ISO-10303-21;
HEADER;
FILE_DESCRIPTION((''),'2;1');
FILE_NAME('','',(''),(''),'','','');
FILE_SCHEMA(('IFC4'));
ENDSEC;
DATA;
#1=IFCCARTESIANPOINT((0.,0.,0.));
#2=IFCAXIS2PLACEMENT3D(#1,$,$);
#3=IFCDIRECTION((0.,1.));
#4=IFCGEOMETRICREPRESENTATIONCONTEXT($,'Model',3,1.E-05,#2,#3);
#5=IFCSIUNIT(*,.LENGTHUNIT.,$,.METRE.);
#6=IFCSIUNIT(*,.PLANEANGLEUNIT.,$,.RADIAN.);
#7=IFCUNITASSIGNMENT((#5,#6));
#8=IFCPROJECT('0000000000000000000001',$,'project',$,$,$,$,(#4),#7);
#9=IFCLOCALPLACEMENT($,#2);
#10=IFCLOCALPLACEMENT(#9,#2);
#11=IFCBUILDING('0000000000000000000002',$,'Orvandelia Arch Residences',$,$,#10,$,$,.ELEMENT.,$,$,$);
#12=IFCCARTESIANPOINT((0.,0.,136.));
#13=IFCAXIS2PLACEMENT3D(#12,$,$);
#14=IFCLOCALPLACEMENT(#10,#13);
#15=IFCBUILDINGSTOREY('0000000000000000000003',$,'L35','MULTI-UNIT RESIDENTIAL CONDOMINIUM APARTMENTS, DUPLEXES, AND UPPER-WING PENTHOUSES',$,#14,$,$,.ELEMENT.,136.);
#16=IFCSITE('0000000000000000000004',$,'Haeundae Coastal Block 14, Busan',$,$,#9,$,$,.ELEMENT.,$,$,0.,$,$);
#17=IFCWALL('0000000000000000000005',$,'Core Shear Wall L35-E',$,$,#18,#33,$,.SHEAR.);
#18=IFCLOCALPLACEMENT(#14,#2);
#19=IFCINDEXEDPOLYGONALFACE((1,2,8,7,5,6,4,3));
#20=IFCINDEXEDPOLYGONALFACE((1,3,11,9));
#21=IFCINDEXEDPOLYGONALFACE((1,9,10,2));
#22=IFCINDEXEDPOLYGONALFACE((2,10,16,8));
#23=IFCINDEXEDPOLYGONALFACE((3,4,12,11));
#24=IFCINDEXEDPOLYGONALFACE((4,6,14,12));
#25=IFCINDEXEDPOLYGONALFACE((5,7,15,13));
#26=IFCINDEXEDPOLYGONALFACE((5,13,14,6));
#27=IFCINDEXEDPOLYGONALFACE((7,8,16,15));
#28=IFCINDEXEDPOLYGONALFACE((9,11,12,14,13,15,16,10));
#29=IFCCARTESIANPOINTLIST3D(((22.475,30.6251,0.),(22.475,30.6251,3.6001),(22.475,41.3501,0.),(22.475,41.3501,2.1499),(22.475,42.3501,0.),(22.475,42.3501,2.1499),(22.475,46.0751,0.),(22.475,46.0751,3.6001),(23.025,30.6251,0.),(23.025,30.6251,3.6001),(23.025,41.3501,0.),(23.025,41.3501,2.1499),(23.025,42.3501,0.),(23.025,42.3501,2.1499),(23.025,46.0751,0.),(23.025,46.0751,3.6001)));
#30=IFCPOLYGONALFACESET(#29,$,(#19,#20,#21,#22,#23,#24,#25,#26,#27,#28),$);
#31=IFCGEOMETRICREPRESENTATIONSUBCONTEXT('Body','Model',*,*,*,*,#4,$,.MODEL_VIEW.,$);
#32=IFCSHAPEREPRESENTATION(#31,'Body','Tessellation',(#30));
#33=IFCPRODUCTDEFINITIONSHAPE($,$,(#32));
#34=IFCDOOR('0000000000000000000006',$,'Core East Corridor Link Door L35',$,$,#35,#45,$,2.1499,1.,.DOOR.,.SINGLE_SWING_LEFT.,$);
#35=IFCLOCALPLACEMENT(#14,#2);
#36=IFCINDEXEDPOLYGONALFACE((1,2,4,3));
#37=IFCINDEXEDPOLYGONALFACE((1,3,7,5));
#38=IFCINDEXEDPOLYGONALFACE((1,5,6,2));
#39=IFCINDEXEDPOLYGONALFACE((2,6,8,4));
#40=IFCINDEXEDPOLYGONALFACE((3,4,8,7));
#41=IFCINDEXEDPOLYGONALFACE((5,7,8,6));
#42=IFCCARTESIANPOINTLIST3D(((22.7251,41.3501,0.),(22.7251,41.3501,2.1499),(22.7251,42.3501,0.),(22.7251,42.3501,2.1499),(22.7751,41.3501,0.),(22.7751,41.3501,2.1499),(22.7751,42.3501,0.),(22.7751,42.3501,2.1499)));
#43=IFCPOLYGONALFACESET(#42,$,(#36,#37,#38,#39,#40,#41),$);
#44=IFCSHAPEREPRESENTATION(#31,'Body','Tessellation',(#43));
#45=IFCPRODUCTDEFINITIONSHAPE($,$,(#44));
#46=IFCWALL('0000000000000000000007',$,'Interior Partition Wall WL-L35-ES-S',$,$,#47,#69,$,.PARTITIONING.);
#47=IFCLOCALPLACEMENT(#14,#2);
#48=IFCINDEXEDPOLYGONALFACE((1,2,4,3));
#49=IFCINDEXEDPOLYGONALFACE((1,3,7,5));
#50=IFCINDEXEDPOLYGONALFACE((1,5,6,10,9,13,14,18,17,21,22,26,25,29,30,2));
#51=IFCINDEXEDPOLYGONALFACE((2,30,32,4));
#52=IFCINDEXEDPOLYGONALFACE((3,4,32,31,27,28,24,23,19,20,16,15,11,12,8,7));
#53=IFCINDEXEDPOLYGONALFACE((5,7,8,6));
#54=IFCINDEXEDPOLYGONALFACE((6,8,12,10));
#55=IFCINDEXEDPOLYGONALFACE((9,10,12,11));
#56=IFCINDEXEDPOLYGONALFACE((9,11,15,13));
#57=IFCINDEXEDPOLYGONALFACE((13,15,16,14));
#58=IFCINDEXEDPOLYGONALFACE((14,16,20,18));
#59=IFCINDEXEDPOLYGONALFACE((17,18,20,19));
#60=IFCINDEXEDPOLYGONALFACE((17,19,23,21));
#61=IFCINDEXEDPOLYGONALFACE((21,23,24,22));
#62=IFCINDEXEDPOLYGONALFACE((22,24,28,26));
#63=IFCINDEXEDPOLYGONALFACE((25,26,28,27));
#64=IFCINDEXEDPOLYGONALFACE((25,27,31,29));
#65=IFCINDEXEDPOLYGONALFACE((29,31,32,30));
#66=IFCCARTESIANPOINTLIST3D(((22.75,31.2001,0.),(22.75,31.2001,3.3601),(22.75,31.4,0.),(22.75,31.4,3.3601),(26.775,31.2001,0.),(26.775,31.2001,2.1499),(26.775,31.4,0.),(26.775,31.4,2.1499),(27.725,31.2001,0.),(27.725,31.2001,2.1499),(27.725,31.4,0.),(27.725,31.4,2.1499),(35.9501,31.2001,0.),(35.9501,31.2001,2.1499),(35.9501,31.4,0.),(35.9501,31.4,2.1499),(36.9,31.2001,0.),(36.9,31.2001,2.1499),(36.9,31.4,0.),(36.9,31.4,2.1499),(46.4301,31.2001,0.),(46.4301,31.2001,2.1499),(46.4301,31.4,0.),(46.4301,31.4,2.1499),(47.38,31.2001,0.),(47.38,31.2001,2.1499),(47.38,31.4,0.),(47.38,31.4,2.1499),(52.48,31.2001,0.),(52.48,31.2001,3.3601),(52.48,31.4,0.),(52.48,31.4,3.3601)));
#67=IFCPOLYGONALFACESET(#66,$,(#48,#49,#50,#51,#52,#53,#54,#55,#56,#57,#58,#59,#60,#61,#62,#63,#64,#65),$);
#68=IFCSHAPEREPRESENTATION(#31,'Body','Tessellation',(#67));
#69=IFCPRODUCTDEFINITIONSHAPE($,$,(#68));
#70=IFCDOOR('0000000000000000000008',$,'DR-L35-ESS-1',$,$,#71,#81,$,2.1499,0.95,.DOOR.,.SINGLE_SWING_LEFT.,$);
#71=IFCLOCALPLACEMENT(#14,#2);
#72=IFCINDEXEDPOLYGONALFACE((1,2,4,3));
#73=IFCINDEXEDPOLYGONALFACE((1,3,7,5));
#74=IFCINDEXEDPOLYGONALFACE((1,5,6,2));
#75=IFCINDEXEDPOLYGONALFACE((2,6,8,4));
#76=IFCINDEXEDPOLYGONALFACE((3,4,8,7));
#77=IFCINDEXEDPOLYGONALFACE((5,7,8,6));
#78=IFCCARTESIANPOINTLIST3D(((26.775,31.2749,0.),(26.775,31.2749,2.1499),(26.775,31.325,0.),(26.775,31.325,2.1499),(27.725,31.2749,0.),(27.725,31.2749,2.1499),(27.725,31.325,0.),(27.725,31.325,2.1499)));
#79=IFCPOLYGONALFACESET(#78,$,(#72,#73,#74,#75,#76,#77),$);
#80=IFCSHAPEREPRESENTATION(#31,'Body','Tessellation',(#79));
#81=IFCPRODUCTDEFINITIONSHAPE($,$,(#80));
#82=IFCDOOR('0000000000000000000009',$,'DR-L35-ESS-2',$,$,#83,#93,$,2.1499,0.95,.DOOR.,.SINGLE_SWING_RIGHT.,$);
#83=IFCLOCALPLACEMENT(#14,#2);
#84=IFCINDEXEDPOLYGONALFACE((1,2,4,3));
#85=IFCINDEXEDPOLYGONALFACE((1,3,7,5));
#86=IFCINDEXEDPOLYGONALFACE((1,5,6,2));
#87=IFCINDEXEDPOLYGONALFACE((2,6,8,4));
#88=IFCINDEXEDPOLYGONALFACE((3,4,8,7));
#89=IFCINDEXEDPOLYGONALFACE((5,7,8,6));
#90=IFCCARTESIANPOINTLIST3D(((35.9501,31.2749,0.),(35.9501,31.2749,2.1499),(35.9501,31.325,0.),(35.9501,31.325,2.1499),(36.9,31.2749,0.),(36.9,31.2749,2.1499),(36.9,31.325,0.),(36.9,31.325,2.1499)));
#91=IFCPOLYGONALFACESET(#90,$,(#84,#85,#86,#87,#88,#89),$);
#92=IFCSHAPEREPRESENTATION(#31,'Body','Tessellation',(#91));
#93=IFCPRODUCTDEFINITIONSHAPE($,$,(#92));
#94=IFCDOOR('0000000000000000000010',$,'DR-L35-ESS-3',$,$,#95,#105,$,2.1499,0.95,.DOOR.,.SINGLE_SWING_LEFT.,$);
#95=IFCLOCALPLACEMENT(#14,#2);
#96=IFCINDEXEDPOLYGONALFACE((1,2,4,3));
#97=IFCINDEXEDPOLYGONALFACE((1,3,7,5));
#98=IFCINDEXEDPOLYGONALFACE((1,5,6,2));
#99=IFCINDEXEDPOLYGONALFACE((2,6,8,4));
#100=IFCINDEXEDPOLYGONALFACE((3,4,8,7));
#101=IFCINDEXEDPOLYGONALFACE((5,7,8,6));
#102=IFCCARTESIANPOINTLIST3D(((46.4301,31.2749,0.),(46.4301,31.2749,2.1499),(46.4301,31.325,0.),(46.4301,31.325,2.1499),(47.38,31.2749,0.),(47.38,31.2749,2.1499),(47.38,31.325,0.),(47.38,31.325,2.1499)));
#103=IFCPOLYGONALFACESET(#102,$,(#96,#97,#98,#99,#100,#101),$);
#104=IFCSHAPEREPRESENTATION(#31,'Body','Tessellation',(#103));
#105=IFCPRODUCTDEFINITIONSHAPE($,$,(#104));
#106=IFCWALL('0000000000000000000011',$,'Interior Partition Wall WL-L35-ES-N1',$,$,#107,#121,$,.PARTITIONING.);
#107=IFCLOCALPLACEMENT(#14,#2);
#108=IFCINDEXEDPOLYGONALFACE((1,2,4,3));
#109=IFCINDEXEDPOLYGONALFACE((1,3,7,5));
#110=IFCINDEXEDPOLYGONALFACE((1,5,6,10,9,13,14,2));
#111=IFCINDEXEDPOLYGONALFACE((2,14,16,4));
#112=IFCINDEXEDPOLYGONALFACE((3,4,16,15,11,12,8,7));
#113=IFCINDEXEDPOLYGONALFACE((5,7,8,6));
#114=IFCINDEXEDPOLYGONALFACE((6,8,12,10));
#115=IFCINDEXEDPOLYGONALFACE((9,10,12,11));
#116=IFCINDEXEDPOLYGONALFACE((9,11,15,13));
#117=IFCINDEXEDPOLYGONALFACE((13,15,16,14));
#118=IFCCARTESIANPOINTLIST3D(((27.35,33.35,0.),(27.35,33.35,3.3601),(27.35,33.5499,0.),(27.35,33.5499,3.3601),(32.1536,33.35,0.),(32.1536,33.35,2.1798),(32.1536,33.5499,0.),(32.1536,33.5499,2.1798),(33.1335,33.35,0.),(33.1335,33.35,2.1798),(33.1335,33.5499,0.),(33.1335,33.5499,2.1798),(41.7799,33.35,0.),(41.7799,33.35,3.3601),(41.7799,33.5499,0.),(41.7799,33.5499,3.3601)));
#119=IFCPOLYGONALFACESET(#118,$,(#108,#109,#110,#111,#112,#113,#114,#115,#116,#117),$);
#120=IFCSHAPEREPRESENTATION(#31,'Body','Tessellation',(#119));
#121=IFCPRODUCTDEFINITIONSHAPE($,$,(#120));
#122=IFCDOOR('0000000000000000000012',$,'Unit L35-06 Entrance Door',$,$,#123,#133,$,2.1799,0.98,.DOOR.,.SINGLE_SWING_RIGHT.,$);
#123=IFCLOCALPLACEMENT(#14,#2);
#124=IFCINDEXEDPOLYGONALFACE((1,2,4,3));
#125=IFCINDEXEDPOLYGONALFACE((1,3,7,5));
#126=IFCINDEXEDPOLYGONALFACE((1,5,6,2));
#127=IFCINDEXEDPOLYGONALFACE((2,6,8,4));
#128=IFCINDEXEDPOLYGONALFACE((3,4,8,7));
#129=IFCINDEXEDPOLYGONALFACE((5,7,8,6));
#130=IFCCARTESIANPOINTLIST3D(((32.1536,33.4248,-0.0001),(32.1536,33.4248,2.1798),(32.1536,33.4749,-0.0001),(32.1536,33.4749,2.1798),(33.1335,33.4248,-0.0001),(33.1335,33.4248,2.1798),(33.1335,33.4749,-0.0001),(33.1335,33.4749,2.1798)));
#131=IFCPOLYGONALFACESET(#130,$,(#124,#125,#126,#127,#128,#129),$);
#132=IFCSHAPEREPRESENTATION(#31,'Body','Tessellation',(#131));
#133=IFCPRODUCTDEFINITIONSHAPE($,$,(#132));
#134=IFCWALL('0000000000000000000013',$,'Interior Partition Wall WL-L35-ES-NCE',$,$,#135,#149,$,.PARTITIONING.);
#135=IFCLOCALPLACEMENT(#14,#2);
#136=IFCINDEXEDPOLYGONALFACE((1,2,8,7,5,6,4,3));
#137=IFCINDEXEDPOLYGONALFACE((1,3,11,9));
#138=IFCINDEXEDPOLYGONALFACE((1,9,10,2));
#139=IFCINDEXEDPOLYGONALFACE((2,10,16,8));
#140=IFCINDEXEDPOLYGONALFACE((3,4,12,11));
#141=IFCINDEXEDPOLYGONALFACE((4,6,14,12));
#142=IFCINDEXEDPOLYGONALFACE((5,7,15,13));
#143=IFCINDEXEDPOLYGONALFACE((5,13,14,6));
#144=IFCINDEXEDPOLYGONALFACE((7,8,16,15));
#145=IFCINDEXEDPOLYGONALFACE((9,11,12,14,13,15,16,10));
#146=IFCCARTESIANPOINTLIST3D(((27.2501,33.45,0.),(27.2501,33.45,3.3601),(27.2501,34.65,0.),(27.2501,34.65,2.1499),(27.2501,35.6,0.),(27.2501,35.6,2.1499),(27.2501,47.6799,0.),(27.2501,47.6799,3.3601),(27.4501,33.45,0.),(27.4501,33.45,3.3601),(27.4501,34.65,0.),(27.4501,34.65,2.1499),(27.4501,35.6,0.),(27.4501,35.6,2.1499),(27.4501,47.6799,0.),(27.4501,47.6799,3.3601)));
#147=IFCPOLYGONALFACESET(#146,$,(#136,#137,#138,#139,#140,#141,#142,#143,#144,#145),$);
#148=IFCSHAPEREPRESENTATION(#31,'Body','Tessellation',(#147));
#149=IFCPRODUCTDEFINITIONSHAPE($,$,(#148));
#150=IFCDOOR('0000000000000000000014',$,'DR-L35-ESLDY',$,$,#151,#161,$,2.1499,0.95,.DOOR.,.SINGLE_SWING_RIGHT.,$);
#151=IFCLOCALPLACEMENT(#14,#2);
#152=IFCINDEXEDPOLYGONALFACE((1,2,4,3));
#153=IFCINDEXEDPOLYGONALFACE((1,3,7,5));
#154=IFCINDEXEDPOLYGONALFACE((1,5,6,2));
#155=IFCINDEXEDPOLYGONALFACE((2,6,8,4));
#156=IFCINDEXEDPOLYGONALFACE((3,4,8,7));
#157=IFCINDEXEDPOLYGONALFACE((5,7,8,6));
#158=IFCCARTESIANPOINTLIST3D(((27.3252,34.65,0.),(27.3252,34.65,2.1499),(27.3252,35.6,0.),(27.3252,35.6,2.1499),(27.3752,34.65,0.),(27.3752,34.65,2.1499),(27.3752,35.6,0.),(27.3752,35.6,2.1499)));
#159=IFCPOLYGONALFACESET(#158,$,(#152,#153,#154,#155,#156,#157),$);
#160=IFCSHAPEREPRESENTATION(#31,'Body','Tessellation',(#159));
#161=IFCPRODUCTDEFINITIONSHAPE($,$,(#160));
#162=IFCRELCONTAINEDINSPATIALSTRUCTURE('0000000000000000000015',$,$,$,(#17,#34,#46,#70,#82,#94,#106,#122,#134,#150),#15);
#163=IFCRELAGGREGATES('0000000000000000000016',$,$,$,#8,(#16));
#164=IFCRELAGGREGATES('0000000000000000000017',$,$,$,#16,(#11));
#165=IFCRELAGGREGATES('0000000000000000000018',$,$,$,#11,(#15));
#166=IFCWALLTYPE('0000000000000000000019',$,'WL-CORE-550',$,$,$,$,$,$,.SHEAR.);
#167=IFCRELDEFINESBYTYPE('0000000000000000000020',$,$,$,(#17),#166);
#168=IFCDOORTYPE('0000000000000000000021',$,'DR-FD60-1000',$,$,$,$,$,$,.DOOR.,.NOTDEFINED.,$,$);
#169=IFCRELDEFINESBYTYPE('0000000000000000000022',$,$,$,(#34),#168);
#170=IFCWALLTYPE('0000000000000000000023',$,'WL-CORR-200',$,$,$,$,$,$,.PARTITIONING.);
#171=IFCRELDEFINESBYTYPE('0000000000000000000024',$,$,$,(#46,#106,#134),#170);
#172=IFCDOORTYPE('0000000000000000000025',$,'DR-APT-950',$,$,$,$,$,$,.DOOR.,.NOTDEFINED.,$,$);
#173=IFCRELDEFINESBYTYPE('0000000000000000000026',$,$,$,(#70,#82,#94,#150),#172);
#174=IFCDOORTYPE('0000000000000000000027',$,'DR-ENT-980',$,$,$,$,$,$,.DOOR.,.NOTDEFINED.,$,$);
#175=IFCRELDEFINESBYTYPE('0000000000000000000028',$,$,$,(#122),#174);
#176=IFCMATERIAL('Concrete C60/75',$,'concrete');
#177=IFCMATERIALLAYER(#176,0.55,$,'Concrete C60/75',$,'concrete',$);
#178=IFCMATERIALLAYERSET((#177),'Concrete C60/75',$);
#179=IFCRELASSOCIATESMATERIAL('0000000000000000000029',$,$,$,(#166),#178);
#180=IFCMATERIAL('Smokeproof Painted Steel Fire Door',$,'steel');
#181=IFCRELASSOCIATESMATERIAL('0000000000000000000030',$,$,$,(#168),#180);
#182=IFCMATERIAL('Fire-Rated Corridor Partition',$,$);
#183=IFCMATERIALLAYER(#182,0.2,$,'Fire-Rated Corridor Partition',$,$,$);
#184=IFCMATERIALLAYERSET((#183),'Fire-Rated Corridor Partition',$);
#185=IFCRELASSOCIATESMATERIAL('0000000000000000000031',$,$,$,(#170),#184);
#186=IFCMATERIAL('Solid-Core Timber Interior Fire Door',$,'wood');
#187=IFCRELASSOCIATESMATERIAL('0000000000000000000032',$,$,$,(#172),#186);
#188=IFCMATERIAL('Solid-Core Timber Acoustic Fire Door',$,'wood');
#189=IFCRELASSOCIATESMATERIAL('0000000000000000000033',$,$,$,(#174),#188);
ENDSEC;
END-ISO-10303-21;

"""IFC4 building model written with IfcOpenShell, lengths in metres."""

from ifc_helpers import new_model, si_unit, direction, frame, frame_2d, origin, place, context, subcontext, project, spatial, rectangle, extrude, material, layer, layer_set, type_object, element, fill, save


model = new_model("IFC4")

# Units and contexts
model_context = context("Model", 3, precision=1e-05, world=origin(), true_north=direction((0.0, 1.0)))
body_context = subcontext(model_context, "Body", "Model", "MODEL_VIEW")
ifc_project = project(units=[si_unit("LENGTHUNIT", "METRE"), si_unit("PLANEANGLEUNIT", "RADIAN")], contexts=[model_context])

# Site, building, storey
site_placement = place(None, origin())
site = spatial("IfcSite", under=ifc_project, at=site_placement, Name="Haeundae Coastal Block 14, Busan", CompositionType="ELEMENT", RefElevation=0.0)
building_placement = place(site_placement, origin())
building = spatial("IfcBuilding", under=site, at=building_placement, Name="Orvandelia Arch Residences", CompositionType="ELEMENT")
storey_placement = place(building_placement, frame((0.0, 0.0, 136.0)))
storey = spatial("IfcBuildingStorey", under=building, at=storey_placement, Name="L35", Description="MULTI-UNIT RESIDENTIAL CONDOMINIUM APARTMENTS, DUPLEXES, AND UPPER-WING PENTHOUSES", CompositionType="ELEMENT", Elevation=136.0)

# Shared definitions
ifc_material_1 = material(Name="Concrete C60/75", Category="concrete")

# Wall, opening, door
ifc_layer_1 = layer(ifc_material_1, 0.55, Name="Concrete C60/75", Category="concrete")
ifc_layer_set_1 = layer_set([ifc_layer_1], Name="Concrete C60/75")
wall_type_1 = type_object("IfcWallType", Name="WL-CORE-550", PredefinedType="SHEAR", material=ifc_layer_set_1)
wall_1_placement = place(storey_placement, frame((22.75, 30.625, 0.0), z_axis=(0.0, 0.0, 1.0), x_axis=(0.0, 1.0, 0.0)))
wall_1 = element("IfcWall", 1, at=wall_1_placement, inside=storey, type_object=wall_type_1, Name="Core Shear Wall L35-E", PredefinedType="SHEAR", context=body_context, shape_type="SweptSolid", body=[
    extrude(rectangle(XDim=15.45, YDim=0.55, at=frame_2d((7.7251, 0.0))), origin(), (0.0, 0.0, 1.0), 3.6001),
])
opening_1_placement = place(wall_1_placement, frame((10.7251, 0.0, 0.0)))
opening_1 = element("IfcOpeningElement", 2, at=opening_1_placement, cuts=wall_1, PredefinedType="OPENING", context=body_context, shape_type="SweptSolid", body=[
    extrude(rectangle(XDim=1.0, YDim=2.1499, at=frame_2d((0.5, 1.075))), frame((0.0, 0.2852, 0.0), z_axis=(0.0, -1.0, 0.0), x_axis=(1.0, 0.0, 0.0)), (0.0, 0.0, 1.0), 0.5701),
])
ifc_material_2 = material(Name="Smokeproof Painted Steel Fire Door", Category="steel")
door_type_1 = type_object("IfcDoorType", Name="DR-FD60-1000", OperationType="NOTDEFINED", PredefinedType="DOOR", material=ifc_material_2)
door_1_placement = place(opening_1_placement, origin())
door_1 = element("IfcDoor", 3, at=door_1_placement, inside=storey, type_object=door_type_1, Name="Core East Corridor Link Door L35", OperationType="SINGLE_SWING_LEFT", OverallHeight=2.1499, OverallWidth=1.0, PredefinedType="DOOR", context=body_context, shape_type="SweptSolid", body=[
    extrude(rectangle(XDim=1.0, YDim=2.1499, at=frame_2d((0.5, 1.075))), frame((0.0, 0.0249, 0.0), z_axis=(0.0, -1.0, 0.0), x_axis=(1.0, 0.0, 0.0)), (0.0, 0.0, 1.0), 0.05),
])
fill(opening_1, door_1)

# Wall, openings, doors
ifc_material_3 = material(Name="Fire-Rated Corridor Partition")
ifc_layer_2 = layer(ifc_material_3, 0.2, Name="Fire-Rated Corridor Partition")
ifc_layer_set_2 = layer_set([ifc_layer_2], Name="Fire-Rated Corridor Partition")
wall_type_2 = type_object("IfcWallType", Name="WL-CORR-200", PredefinedType="PARTITIONING", material=ifc_layer_set_2)
wall_2_placement = place(storey_placement, frame((22.75, 31.3, 0.0), z_axis=(0.0, 0.0, 1.0), x_axis=(1.0, 0.0, 0.0)))
wall_2 = element("IfcWall", 4, at=wall_2_placement, inside=storey, type_object=wall_type_2, Name="Interior Partition Wall WL-L35-ES-S", PredefinedType="PARTITIONING", context=body_context, shape_type="SweptSolid", body=[
    extrude(rectangle(XDim=29.73, YDim=0.2, at=frame_2d((14.865, 0.0))), origin(), (0.0, 0.0, 1.0), 3.3601),
])
opening_2_placement = place(wall_2_placement, frame((4.0249, 0.0, 0.0)))
opening_2 = element("IfcOpeningElement", 5, at=opening_2_placement, cuts=wall_2, PredefinedType="OPENING", context=body_context, shape_type="SweptSolid", body=[
    extrude(rectangle(XDim=0.95, YDim=2.1499, at=frame_2d((0.4751, 1.075))), frame((0.0, 0.1099, 0.0), z_axis=(0.0, -1.0, 0.0), x_axis=(1.0, 0.0, 0.0)), (0.0, 0.0, 1.0), 0.22),
])
opening_3_placement = place(wall_2_placement, frame((13.2, 0.0, 0.0)))
opening_3 = element("IfcOpeningElement", 6, at=opening_3_placement, cuts=wall_2, PredefinedType="OPENING", context=body_context, shape_type="SweptSolid", body=[
    extrude(rectangle(XDim=0.95, YDim=2.1499, at=frame_2d((0.4751, 1.075))), frame((0.0, 0.1099, 0.0), z_axis=(0.0, -1.0, 0.0), x_axis=(1.0, 0.0, 0.0)), (0.0, 0.0, 1.0), 0.22),
])
opening_4_placement = place(wall_2_placement, frame((23.6799, 0.0, 0.0)))
opening_4 = element("IfcOpeningElement", 7, at=opening_4_placement, cuts=wall_2, PredefinedType="OPENING", context=body_context, shape_type="SweptSolid", body=[
    extrude(rectangle(XDim=0.95, YDim=2.1499, at=frame_2d((0.4751, 1.075))), frame((0.0, 0.1099, 0.0), z_axis=(0.0, -1.0, 0.0), x_axis=(1.0, 0.0, 0.0)), (0.0, 0.0, 1.0), 0.22),
])
ifc_material_4 = material(Name="Solid-Core Timber Interior Fire Door", Category="wood")
door_type_2 = type_object("IfcDoorType", Name="DR-APT-950", OperationType="NOTDEFINED", PredefinedType="DOOR", material=ifc_material_4)
door_2_placement = place(opening_2_placement, origin())
door_2 = element("IfcDoor", 8, at=door_2_placement, inside=storey, type_object=door_type_2, Name="DR-L35-ESS-1", OperationType="SINGLE_SWING_LEFT", OverallHeight=2.1499, OverallWidth=0.95, PredefinedType="DOOR", context=body_context, shape_type="SweptSolid", body=[
    extrude(rectangle(XDim=0.95, YDim=2.1499, at=frame_2d((0.4751, 1.075))), frame((0.0, 0.0249, 0.0), z_axis=(0.0, -1.0, 0.0), x_axis=(1.0, 0.0, 0.0)), (0.0, 0.0, 1.0), 0.05),
])
fill(opening_2, door_2)
door_3_placement = place(opening_3_placement, origin())
door_3 = element("IfcDoor", 9, at=door_3_placement, inside=storey, type_object=door_type_2, Name="DR-L35-ESS-2", OperationType="SINGLE_SWING_RIGHT", OverallHeight=2.1499, OverallWidth=0.95, PredefinedType="DOOR", context=body_context, shape_type="SweptSolid", body=[
    extrude(rectangle(XDim=0.95, YDim=2.1499, at=frame_2d((0.4751, 1.075))), frame((0.0, 0.0249, 0.0), z_axis=(0.0, -1.0, 0.0), x_axis=(1.0, 0.0, 0.0)), (0.0, 0.0, 1.0), 0.05),
])
fill(opening_3, door_3)
door_4_placement = place(opening_4_placement, origin())
door_4 = element("IfcDoor", 10, at=door_4_placement, inside=storey, type_object=door_type_2, Name="DR-L35-ESS-3", OperationType="SINGLE_SWING_LEFT", OverallHeight=2.1499, OverallWidth=0.95, PredefinedType="DOOR", context=body_context, shape_type="SweptSolid", body=[
    extrude(rectangle(XDim=0.95, YDim=2.1499, at=frame_2d((0.4751, 1.075))), frame((0.0, 0.0249, 0.0), z_axis=(0.0, -1.0, 0.0), x_axis=(1.0, 0.0, 0.0)), (0.0, 0.0, 1.0), 0.05),
])
fill(opening_4, door_4)

# Walls, openings, doors
wall_3_placement = place(storey_placement, frame((27.3501, 33.45, 0.0), z_axis=(0.0, 0.0, 1.0), x_axis=(1.0, 0.0, 0.0)))
wall_3 = element("IfcWall", 11, at=wall_3_placement, inside=storey, type_object=wall_type_2, Name="Interior Partition Wall WL-L35-ES-N1", PredefinedType="PARTITIONING", context=body_context, shape_type="SweptSolid", body=[
    extrude(rectangle(XDim=14.4299, YDim=0.2, at=frame_2d((7.2148, 0.0))), origin(), (0.0, 0.0, 1.0), 3.3601),
])
opening_5_placement = place(wall_3_placement, frame((4.8035, 0.0, 0.0)))
opening_5 = element("IfcOpeningElement", 12, at=opening_5_placement, cuts=wall_3, PredefinedType="OPENING", context=body_context, shape_type="SweptSolid", body=[
    extrude(rectangle(XDim=0.98, YDim=2.1799, at=frame_2d((0.49, 1.0898))), frame((0.0, 0.1099, 0.0), z_axis=(0.0, -1.0, 0.0), x_axis=(1.0, 0.0, 0.0)), (0.0, 0.0, 1.0), 0.22),
])
ifc_material_5 = material(Name="Solid-Core Timber Acoustic Fire Door", Category="wood")
door_type_3 = type_object("IfcDoorType", Name="DR-ENT-980", OperationType="NOTDEFINED", PredefinedType="DOOR", material=ifc_material_5)
door_5_placement = place(opening_5_placement, origin())
door_5 = element("IfcDoor", 13, at=door_5_placement, inside=storey, type_object=door_type_3, Name="Unit L35-06 Entrance Door", OperationType="SINGLE_SWING_RIGHT", OverallHeight=2.1799, OverallWidth=0.98, PredefinedType="DOOR", context=body_context, shape_type="SweptSolid", body=[
    extrude(rectangle(XDim=0.98, YDim=2.1799, at=frame_2d((0.49, 1.0898))), frame((0.0, 0.0249, 0.0), z_axis=(0.0, -1.0, 0.0), x_axis=(1.0, 0.0, 0.0)), (0.0, 0.0, 1.0), 0.05),
])
fill(opening_5, door_5)
wall_4_placement = place(storey_placement, frame((27.3501, 33.45, 0.0), z_axis=(0.0, 0.0, 1.0), x_axis=(0.0, 1.0, 0.0)))
wall_4 = element("IfcWall", 14, at=wall_4_placement, inside=storey, type_object=wall_type_2, Name="Interior Partition Wall WL-L35-ES-NCE", PredefinedType="PARTITIONING", context=body_context, shape_type="SweptSolid", body=[
    extrude(rectangle(XDim=14.23, YDim=0.2, at=frame_2d((7.115, 0.0))), origin(), (0.0, 0.0, 1.0), 3.3601),
])
opening_6_placement = place(wall_4_placement, frame((1.2, 0.0, 0.0)))
opening_6 = element("IfcOpeningElement", 15, at=opening_6_placement, cuts=wall_4, PredefinedType="OPENING", context=body_context, shape_type="SweptSolid", body=[
    extrude(rectangle(XDim=0.95, YDim=2.1499, at=frame_2d((0.4751, 1.075))), frame((0.0, 0.1099, 0.0), z_axis=(0.0, -1.0, 0.0), x_axis=(1.0, 0.0, 0.0)), (0.0, 0.0, 1.0), 0.22),
])
door_6_placement = place(opening_6_placement, origin())
door_6 = element("IfcDoor", 16, at=door_6_placement, inside=storey, type_object=door_type_2, Name="DR-L35-ESLDY", OperationType="SINGLE_SWING_RIGHT", OverallHeight=2.1499, OverallWidth=0.95, PredefinedType="DOOR", context=body_context, shape_type="SweptSolid", body=[
    extrude(rectangle(XDim=0.95, YDim=2.1499, at=frame_2d((0.4751, 1.075))), frame((0.0, 0.0249, 0.0), z_axis=(0.0, -1.0, 0.0), x_axis=(1.0, 0.0, 0.0)), (0.0, 0.0, 1.0), 0.05),
])
fill(opening_6, door_6)

save(model, "model.ifc")
